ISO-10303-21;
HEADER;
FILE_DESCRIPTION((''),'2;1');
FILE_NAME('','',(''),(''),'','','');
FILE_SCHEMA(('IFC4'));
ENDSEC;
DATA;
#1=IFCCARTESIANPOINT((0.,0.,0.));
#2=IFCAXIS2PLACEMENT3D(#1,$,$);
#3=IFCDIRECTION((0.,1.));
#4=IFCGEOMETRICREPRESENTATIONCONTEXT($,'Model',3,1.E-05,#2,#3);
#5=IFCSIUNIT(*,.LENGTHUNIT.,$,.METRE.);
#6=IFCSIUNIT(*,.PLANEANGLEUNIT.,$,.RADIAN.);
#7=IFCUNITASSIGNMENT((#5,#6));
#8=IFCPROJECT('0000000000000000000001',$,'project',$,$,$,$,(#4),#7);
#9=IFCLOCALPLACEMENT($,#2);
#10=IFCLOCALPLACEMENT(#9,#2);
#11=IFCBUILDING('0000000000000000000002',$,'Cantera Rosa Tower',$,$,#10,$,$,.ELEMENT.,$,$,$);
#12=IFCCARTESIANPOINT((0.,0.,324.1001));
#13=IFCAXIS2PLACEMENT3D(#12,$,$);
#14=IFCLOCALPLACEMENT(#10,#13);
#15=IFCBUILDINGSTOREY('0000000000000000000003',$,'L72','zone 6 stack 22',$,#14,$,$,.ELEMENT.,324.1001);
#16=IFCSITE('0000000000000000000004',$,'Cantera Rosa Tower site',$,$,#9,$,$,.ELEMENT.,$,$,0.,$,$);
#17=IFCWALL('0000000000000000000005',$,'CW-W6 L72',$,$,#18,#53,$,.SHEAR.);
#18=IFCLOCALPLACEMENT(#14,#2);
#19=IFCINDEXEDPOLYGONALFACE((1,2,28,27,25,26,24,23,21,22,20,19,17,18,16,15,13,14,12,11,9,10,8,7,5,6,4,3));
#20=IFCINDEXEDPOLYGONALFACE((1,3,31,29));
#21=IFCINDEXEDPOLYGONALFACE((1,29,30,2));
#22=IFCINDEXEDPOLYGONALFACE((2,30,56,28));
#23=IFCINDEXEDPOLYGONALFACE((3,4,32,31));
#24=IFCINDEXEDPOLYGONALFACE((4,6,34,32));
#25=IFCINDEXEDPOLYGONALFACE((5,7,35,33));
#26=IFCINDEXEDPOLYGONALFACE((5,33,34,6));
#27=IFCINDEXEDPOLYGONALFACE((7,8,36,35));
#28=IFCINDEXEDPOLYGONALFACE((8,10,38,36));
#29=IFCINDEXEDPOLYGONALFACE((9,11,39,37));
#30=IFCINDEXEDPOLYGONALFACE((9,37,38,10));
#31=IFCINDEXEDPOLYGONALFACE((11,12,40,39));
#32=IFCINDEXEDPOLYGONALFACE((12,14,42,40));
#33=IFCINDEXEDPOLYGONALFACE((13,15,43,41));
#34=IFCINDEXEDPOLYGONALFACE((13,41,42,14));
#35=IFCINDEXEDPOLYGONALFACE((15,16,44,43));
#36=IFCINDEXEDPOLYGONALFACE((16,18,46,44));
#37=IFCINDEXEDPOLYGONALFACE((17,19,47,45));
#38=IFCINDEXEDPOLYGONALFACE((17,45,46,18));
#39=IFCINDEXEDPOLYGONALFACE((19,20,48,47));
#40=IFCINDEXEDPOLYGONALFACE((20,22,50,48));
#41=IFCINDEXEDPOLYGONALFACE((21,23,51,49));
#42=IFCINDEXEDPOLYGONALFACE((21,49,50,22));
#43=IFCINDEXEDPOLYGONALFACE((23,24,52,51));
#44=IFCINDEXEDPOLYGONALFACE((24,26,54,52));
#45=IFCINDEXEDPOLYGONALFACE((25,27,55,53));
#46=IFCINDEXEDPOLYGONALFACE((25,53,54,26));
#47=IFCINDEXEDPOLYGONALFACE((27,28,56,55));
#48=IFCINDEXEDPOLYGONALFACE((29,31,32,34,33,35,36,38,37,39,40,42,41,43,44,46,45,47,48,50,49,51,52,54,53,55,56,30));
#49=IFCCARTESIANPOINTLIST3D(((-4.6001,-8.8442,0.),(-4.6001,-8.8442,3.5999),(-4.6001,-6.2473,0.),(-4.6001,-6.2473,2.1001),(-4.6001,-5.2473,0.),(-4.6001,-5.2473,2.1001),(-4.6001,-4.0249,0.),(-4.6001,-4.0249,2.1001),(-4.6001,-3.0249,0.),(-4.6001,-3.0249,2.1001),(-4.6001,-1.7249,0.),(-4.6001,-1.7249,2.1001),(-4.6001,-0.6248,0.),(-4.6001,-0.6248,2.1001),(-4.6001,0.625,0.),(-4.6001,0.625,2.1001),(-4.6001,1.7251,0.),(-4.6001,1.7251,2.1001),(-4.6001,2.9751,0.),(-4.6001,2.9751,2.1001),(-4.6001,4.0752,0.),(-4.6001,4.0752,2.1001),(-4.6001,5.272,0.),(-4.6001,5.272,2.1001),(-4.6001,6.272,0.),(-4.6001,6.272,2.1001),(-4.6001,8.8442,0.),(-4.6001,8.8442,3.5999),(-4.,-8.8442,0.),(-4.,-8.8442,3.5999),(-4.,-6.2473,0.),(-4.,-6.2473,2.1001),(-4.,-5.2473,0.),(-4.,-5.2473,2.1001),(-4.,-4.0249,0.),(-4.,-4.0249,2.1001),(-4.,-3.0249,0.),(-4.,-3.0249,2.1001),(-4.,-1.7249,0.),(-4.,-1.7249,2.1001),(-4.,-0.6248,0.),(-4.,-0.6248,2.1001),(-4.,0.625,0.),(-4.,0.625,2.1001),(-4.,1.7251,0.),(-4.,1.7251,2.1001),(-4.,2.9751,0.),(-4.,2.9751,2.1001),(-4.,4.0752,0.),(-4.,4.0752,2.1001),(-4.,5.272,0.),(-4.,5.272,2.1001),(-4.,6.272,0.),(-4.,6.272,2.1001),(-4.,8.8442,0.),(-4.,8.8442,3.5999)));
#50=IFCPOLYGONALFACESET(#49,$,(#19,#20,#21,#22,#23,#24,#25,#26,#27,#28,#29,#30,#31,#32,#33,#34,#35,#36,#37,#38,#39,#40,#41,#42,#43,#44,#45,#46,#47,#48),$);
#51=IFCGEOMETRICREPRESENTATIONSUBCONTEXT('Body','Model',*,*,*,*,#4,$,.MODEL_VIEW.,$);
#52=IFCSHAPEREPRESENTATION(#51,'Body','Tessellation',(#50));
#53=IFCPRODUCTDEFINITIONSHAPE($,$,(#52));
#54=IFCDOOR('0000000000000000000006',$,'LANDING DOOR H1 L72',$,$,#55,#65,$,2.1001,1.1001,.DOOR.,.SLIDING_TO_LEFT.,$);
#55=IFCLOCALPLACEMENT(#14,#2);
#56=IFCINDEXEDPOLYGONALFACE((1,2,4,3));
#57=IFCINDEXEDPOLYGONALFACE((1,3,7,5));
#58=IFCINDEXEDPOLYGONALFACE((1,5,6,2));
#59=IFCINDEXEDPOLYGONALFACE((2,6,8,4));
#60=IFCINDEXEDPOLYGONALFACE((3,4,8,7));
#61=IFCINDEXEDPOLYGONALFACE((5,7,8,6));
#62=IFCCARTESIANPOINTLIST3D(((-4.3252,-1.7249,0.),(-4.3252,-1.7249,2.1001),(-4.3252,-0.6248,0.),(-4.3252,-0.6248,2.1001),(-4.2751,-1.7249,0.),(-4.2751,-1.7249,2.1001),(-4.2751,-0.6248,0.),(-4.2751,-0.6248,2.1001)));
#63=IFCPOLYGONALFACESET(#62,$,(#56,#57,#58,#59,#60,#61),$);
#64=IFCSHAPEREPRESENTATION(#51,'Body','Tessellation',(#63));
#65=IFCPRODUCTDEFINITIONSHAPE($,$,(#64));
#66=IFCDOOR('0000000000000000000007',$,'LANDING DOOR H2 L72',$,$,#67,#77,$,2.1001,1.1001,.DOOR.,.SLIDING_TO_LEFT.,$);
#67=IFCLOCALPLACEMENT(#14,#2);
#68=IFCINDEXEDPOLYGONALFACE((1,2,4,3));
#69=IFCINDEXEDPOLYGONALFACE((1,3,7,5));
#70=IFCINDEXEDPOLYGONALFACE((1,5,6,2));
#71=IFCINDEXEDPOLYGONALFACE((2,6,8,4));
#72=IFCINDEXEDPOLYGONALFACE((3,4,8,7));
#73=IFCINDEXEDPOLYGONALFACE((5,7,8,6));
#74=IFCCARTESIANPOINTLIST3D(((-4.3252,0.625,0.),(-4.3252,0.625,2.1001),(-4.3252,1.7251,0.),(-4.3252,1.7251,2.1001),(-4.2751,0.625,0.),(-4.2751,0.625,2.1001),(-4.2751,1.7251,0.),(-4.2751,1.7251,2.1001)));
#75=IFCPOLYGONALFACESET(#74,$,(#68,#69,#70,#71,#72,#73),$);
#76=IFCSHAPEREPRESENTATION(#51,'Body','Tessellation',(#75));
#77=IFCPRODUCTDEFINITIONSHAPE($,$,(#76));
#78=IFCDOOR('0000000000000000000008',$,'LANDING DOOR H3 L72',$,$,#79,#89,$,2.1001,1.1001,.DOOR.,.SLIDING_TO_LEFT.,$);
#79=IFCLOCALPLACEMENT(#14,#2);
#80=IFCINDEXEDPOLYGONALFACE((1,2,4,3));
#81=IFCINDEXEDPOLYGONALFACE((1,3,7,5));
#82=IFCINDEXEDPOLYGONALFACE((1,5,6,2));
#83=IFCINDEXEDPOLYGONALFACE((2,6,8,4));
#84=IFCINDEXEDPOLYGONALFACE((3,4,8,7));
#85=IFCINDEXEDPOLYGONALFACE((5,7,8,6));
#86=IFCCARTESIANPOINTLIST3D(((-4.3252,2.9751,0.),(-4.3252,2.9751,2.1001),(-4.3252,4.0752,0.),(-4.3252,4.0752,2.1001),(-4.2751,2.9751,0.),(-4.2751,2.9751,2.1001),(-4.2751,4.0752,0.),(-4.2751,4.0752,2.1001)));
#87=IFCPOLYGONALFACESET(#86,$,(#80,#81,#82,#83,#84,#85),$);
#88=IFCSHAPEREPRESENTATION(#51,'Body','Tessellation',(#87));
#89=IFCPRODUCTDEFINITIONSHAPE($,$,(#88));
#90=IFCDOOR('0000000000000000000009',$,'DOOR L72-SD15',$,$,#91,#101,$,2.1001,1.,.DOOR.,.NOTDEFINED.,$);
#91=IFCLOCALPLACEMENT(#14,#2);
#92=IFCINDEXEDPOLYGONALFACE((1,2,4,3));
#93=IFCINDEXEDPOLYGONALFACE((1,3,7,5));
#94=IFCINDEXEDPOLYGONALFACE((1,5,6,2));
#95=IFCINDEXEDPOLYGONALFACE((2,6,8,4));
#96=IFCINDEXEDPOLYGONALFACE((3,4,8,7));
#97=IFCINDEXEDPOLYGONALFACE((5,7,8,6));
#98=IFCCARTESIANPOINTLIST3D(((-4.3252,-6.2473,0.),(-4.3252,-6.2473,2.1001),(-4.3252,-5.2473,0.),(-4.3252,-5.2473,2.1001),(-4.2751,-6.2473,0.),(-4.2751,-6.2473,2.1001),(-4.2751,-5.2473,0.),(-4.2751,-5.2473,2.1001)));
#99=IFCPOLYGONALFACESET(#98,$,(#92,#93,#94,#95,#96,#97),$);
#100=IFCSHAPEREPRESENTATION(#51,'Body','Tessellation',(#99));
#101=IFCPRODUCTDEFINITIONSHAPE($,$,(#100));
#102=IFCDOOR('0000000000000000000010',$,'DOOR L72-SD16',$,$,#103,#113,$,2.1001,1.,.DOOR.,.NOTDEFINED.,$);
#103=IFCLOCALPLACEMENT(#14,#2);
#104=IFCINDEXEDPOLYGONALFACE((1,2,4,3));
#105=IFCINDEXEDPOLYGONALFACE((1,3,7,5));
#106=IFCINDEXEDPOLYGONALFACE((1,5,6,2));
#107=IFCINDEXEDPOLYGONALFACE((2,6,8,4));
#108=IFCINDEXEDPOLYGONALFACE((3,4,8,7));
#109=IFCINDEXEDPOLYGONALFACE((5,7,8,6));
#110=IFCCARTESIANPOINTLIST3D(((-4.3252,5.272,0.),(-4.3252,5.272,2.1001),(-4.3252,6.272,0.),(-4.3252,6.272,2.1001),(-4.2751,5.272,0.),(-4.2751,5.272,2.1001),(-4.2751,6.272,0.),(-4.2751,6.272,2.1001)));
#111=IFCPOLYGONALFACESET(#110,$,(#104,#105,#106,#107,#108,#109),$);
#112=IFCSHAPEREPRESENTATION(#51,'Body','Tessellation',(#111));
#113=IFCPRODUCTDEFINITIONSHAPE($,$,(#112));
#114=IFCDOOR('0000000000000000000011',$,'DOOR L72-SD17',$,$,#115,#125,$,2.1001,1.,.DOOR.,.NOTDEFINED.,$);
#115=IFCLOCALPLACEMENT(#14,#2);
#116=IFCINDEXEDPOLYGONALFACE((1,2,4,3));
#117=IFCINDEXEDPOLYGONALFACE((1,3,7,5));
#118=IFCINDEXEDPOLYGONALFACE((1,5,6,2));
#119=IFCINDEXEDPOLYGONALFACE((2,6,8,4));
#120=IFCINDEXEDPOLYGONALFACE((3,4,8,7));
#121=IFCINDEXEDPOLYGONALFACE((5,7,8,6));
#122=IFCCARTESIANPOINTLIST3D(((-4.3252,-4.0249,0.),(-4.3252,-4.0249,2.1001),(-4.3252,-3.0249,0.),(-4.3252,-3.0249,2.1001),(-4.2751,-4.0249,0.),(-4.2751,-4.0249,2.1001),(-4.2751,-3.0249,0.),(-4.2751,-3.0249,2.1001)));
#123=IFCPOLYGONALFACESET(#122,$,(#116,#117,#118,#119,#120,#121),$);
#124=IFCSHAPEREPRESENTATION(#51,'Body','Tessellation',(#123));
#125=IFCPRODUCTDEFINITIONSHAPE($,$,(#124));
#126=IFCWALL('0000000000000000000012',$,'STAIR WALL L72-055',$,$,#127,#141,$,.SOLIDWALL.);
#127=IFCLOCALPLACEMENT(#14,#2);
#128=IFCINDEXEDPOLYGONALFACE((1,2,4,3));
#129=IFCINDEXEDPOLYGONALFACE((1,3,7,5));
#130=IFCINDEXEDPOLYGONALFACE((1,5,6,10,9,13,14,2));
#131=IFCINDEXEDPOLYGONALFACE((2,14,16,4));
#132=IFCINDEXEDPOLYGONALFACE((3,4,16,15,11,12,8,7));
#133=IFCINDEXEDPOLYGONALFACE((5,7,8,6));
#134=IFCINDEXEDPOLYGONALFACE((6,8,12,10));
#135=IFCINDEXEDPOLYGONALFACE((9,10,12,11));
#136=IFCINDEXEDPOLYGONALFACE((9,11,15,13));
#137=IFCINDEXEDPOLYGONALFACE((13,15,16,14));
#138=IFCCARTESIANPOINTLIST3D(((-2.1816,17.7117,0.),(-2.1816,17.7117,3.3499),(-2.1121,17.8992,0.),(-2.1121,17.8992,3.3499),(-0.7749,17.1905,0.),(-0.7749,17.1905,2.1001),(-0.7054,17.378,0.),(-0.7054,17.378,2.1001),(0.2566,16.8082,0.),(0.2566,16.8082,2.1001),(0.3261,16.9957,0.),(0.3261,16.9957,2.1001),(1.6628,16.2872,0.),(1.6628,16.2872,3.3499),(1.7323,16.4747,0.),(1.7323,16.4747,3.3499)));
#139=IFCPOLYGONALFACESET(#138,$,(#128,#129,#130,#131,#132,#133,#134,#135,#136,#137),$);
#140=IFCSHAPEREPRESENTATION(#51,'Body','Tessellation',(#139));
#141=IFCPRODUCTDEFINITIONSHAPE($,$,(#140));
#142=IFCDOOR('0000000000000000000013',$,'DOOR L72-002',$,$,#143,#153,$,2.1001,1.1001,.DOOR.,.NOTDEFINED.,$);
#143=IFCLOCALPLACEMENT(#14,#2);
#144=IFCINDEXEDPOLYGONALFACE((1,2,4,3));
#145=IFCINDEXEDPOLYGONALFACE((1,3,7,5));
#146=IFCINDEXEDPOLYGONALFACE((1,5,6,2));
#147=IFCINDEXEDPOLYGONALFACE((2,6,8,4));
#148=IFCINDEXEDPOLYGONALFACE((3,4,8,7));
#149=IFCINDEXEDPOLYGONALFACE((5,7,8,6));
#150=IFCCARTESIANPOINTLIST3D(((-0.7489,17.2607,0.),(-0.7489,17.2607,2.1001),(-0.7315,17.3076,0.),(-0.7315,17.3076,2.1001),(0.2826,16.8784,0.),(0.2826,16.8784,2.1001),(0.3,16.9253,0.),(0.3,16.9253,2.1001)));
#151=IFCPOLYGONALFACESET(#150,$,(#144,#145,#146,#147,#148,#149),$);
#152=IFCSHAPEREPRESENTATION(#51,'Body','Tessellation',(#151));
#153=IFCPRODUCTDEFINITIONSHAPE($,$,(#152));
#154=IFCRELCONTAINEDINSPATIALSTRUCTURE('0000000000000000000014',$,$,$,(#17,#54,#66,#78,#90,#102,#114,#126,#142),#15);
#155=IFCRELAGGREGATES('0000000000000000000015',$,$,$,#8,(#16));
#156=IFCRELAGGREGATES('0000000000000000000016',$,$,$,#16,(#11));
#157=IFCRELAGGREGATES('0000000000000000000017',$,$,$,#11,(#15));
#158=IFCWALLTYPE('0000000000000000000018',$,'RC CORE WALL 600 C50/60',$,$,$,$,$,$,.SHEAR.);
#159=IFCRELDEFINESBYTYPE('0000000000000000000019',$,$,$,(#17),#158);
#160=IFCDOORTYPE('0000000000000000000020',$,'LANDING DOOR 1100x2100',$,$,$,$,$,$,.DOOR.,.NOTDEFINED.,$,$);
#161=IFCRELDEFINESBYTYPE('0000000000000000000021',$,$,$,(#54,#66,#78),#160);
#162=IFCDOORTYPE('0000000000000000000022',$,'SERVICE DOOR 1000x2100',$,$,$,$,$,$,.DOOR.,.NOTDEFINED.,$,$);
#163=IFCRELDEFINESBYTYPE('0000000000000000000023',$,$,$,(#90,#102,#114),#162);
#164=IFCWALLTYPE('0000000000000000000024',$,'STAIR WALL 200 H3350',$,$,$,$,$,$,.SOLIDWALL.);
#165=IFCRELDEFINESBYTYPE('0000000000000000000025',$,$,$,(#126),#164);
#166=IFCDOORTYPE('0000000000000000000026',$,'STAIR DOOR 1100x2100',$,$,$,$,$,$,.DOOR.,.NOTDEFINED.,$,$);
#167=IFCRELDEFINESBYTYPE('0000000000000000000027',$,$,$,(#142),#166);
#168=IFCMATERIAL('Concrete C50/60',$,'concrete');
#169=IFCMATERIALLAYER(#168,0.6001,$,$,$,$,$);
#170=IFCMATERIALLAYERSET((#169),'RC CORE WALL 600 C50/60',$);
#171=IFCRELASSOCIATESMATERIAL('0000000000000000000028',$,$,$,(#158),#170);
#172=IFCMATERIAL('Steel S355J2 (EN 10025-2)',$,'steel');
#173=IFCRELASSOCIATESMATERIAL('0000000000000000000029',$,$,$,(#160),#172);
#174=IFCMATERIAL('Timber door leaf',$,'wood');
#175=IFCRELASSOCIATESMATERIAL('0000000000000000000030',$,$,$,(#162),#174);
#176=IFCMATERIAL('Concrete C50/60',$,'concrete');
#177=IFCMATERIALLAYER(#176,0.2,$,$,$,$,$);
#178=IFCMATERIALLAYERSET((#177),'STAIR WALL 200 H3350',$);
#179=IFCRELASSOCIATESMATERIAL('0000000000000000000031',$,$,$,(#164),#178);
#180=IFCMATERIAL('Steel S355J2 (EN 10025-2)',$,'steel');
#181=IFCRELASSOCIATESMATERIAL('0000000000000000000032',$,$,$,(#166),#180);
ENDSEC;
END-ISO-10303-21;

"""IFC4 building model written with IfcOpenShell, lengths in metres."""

from ifc_helpers import new_model, si_unit, direction, frame, frame_2d, origin, place, context, subcontext, project, spatial, rectangle, extrude, material, layer, layer_set, type_object, element, fill, save


model = new_model("IFC4")

# Units and contexts
model_context = context("Model", 3, precision=1e-05, world=origin(), true_north=direction((0.0, 1.0)))
body_context = subcontext(model_context, "Body", "Model", "MODEL_VIEW")
ifc_project = project(units=[si_unit("LENGTHUNIT", "METRE"), si_unit("PLANEANGLEUNIT", "RADIAN")], contexts=[model_context])

# Site, building, storey
site_placement = place(None, origin())
site = spatial("IfcSite", under=ifc_project, at=site_placement, Name="Cantera Rosa Tower site", CompositionType="ELEMENT", RefElevation=0.0)
building_placement = place(site_placement, origin())
building = spatial("IfcBuilding", under=site, at=building_placement, Name="Cantera Rosa Tower", CompositionType="ELEMENT")
storey_placement = place(building_placement, frame((0.0, 0.0, 324.1001)))
storey = spatial("IfcBuildingStorey", under=building, at=storey_placement, Name="L72", Description="zone 6 stack 22", CompositionType="ELEMENT", Elevation=324.1001)

# Wall, openings, doors
ifc_material_1 = material(Name="Concrete C50/60", Category="concrete")
ifc_layer_1 = layer(ifc_material_1, 0.6001)
ifc_layer_set_1 = layer_set([ifc_layer_1], Name="RC CORE WALL 600 C50/60")
wall_type_1 = type_object("IfcWallType", Name="RC CORE WALL 600 C50/60", PredefinedType="SHEAR", material=ifc_layer_set_1)
wall_1_placement = place(storey_placement, frame((-4.3, 8.8442, 0.0), z_axis=(0.0, 0.0, 1.0), x_axis=(0.0, -1.0, 0.0)))
wall_1 = element("IfcWall", 1, at=wall_1_placement, inside=storey, type_object=wall_type_1, Name="CW-W6 L72", PredefinedType="SHEAR", context=body_context, shape_type="SweptSolid", body=[
    extrude(rectangle(XDim=17.6885, YDim=0.6001, at=frame_2d((8.8442, 0.0))), origin(), (0.0, 0.0, 1.0), 3.5999),
])
opening_1_placement = place(wall_1_placement, frame((9.469, 0.0, 0.0)))
opening_1 = element("IfcOpeningElement", 2, at=opening_1_placement, cuts=wall_1, PredefinedType="OPENING", context=body_context, shape_type="SweptSolid", body=[
    extrude(rectangle(XDim=1.1001, YDim=2.1001, at=frame_2d((0.55, 1.05))), frame((0.0, 0.3101, 0.0), z_axis=(0.0, -1.0, 0.0), x_axis=(1.0, 0.0, 0.0)), (0.0, 0.0, 1.0), 0.6201),
])
opening_2_placement = place(wall_1_placement, frame((7.1191, 0.0, 0.0)))
opening_2 = element("IfcOpeningElement", 3, at=opening_2_placement, cuts=wall_1, PredefinedType="OPENING", context=body_context, shape_type="SweptSolid", body=[
    extrude(rectangle(XDim=1.1001, YDim=2.1001, at=frame_2d((0.55, 1.05))), frame((0.0, 0.3101, 0.0), z_axis=(0.0, -1.0, 0.0), x_axis=(1.0, 0.0, 0.0)), (0.0, 0.0, 1.0), 0.6201),
])
opening_3_placement = place(wall_1_placement, frame((4.769, 0.0, 0.0)))
opening_3 = element("IfcOpeningElement", 4, at=opening_3_placement, cuts=wall_1, PredefinedType="OPENING", context=body_context, shape_type="SweptSolid", body=[
    extrude(rectangle(XDim=1.1001, YDim=2.1001, at=frame_2d((0.55, 1.05))), frame((0.0, 0.3101, 0.0), z_axis=(0.0, -1.0, 0.0), x_axis=(1.0, 0.0, 0.0)), (0.0, 0.0, 1.0), 0.6201),
])
opening_4_placement = place(wall_1_placement, frame((14.0916, 0.0, 0.0)))
opening_4 = element("IfcOpeningElement", 5, at=opening_4_placement, cuts=wall_1, PredefinedType="OPENING", context=body_context, shape_type="SweptSolid", body=[
    extrude(rectangle(XDim=1.0, YDim=2.1001, at=frame_2d((0.5, 1.05))), frame((0.0, 0.3101, 0.0), z_axis=(0.0, -1.0, 0.0), x_axis=(1.0, 0.0, 0.0)), (0.0, 0.0, 1.0), 0.6201),
])
opening_5_placement = place(wall_1_placement, frame((2.5723, 0.0, 0.0)))
opening_5 = element("IfcOpeningElement", 6, at=opening_5_placement, cuts=wall_1, PredefinedType="OPENING", context=body_context, shape_type="SweptSolid", body=[
    extrude(rectangle(XDim=1.0, YDim=2.1001, at=frame_2d((0.5, 1.05))), frame((0.0, 0.3101, 0.0), z_axis=(0.0, -1.0, 0.0), x_axis=(1.0, 0.0, 0.0)), (0.0, 0.0, 1.0), 0.6201),
])
opening_6_placement = place(wall_1_placement, frame((11.8691, 0.0, 0.0)))
opening_6 = element("IfcOpeningElement", 7, at=opening_6_placement, cuts=wall_1, PredefinedType="OPENING", context=body_context, shape_type="SweptSolid", body=[
    extrude(rectangle(XDim=1.0, YDim=2.1001, at=frame_2d((0.5, 1.05))), frame((0.0, 0.3101, 0.0), z_axis=(0.0, -1.0, 0.0), x_axis=(1.0, 0.0, 0.0)), (0.0, 0.0, 1.0), 0.6201),
])
ifc_material_2 = material(Name="Steel S355J2 (EN 10025-2)", Category="steel")
door_type_1 = type_object("IfcDoorType", Name="LANDING DOOR 1100x2100", OperationType="NOTDEFINED", PredefinedType="DOOR", material=ifc_material_2)
door_1_placement = place(opening_1_placement, origin())
door_1 = element("IfcDoor", 8, at=door_1_placement, inside=storey, type_object=door_type_1, Name="LANDING DOOR H1 L72", OperationType="SLIDING_TO_LEFT", OverallHeight=2.1001, OverallWidth=1.1001, PredefinedType="DOOR", context=body_context, shape_type="SweptSolid", body=[
    extrude(rectangle(XDim=1.1001, YDim=2.1001, at=frame_2d((0.55, 1.05))), frame((0.0, 0.0249, 0.0), z_axis=(0.0, -1.0, 0.0), x_axis=(1.0, 0.0, 0.0)), (0.0, 0.0, 1.0), 0.05),
])
fill(opening_1, door_1)
door_2_placement = place(opening_2_placement, origin())
door_2 = element("IfcDoor", 9, at=door_2_placement, inside=storey, type_object=door_type_1, Name="LANDING DOOR H2 L72", OperationType="SLIDING_TO_LEFT", OverallHeight=2.1001, OverallWidth=1.1001, PredefinedType="DOOR", context=body_context, shape_type="SweptSolid", body=[
    extrude(rectangle(XDim=1.1001, YDim=2.1001, at=frame_2d((0.55, 1.05))), frame((0.0, 0.0249, 0.0), z_axis=(0.0, -1.0, 0.0), x_axis=(1.0, 0.0, 0.0)), (0.0, 0.0, 1.0), 0.05),
])
fill(opening_2, door_2)
door_3_placement = place(opening_3_placement, origin())
door_3 = element("IfcDoor", 10, at=door_3_placement, inside=storey, type_object=door_type_1, Name="LANDING DOOR H3 L72", OperationType="SLIDING_TO_LEFT", OverallHeight=2.1001, OverallWidth=1.1001, PredefinedType="DOOR", context=body_context, shape_type="SweptSolid", body=[
    extrude(rectangle(XDim=1.1001, YDim=2.1001, at=frame_2d((0.55, 1.05))), frame((0.0, 0.0249, 0.0), z_axis=(0.0, -1.0, 0.0), x_axis=(1.0, 0.0, 0.0)), (0.0, 0.0, 1.0), 0.05),
])
fill(opening_3, door_3)
ifc_material_3 = material(Name="Timber door leaf", Category="wood")
door_type_2 = type_object("IfcDoorType", Name="SERVICE DOOR 1000x2100", OperationType="NOTDEFINED", PredefinedType="DOOR", material=ifc_material_3)
door_4_placement = place(opening_4_placement, origin())
door_4 = element("IfcDoor", 11, at=door_4_placement, inside=storey, type_object=door_type_2, Name="DOOR L72-SD15", OperationType="NOTDEFINED", OverallHeight=2.1001, OverallWidth=1.0, PredefinedType="DOOR", context=body_context, shape_type="SweptSolid", body=[
    extrude(rectangle(XDim=1.0, YDim=2.1001, at=frame_2d((0.5, 1.05))), frame((0.0, 0.0249, 0.0), z_axis=(0.0, -1.0, 0.0), x_axis=(1.0, 0.0, 0.0)), (0.0, 0.0, 1.0), 0.05),
])
fill(opening_4, door_4)
door_5_placement = place(opening_5_placement, origin())
door_5 = element("IfcDoor", 12, at=door_5_placement, inside=storey, type_object=door_type_2, Name="DOOR L72-SD16", OperationType="NOTDEFINED", OverallHeight=2.1001, OverallWidth=1.0, PredefinedType="DOOR", context=body_context, shape_type="SweptSolid", body=[
    extrude(rectangle(XDim=1.0, YDim=2.1001, at=frame_2d((0.5, 1.05))), frame((0.0, 0.0249, 0.0), z_axis=(0.0, -1.0, 0.0), x_axis=(1.0, 0.0, 0.0)), (0.0, 0.0, 1.0), 0.05),
])
fill(opening_5, door_5)
door_6_placement = place(opening_6_placement, origin())
door_6 = element("IfcDoor", 13, at=door_6_placement, inside=storey, type_object=door_type_2, Name="DOOR L72-SD17", OperationType="NOTDEFINED", OverallHeight=2.1001, OverallWidth=1.0, PredefinedType="DOOR", context=body_context, shape_type="SweptSolid", body=[
    extrude(rectangle(XDim=1.0, YDim=2.1001, at=frame_2d((0.5, 1.05))), frame((0.0, 0.0249, 0.0), z_axis=(0.0, -1.0, 0.0), x_axis=(1.0, 0.0, 0.0)), (0.0, 0.0, 1.0), 0.05),
])
fill(opening_6, door_6)

# Wall, opening, door
ifc_material_4 = material(Name="Concrete C50/60", Category="concrete")
ifc_layer_2 = layer(ifc_material_4, 0.2)
ifc_layer_set_2 = layer_set([ifc_layer_2], Name="STAIR WALL 200 H3350")
wall_type_2 = type_object("IfcWallType", Name="STAIR WALL 200 H3350", PredefinedType="SOLIDWALL", material=ifc_layer_set_2)
wall_2_placement = place(storey_placement, frame((-2.1467, 17.8054, 0.0), z_axis=(0.0, 0.0, 1.0), x_axis=(0.937695, -0.34746, 0.0)))
wall_2 = element("IfcWall", 14, at=wall_2_placement, inside=storey, type_object=wall_type_2, Name="STAIR WALL L72-055", PredefinedType="SOLIDWALL", context=body_context, shape_type="SweptSolid", body=[
    extrude(rectangle(XDim=4.0999, YDim=0.2, at=frame_2d((2.0498, 0.0))), origin(), (0.0, 0.0, 1.0), 3.3499),
])
opening_7_placement = place(wall_2_placement, frame((1.5, 0.0, 0.0)))
opening_7 = element("IfcOpeningElement", 15, at=opening_7_placement, cuts=wall_2, PredefinedType="OPENING", context=body_context, shape_type="SweptSolid", body=[
    extrude(rectangle(XDim=1.1001, YDim=2.1001, at=frame_2d((0.55, 1.05))), frame((0.0, 0.1099, 0.0), z_axis=(0.0, -1.0, 0.0), x_axis=(1.0, 0.0, 0.0)), (0.0, 0.0, 1.0), 0.22),
])
ifc_material_5 = material(Name="Steel S355J2 (EN 10025-2)", Category="steel")
door_type_3 = type_object("IfcDoorType", Name="STAIR DOOR 1100x2100", OperationType="NOTDEFINED", PredefinedType="DOOR", material=ifc_material_5)
door_7_placement = place(opening_7_placement, origin())
door_7 = element("IfcDoor", 16, at=door_7_placement, inside=storey, type_object=door_type_3, Name="DOOR L72-002", OperationType="NOTDEFINED", OverallHeight=2.1001, OverallWidth=1.1001, PredefinedType="DOOR", context=body_context, shape_type="SweptSolid", body=[
    extrude(rectangle(XDim=1.1001, YDim=2.1001, at=frame_2d((0.55, 1.05))), frame((0.0, 0.0249, 0.0), z_axis=(0.0, -1.0, 0.0), x_axis=(1.0, 0.0, 0.0)), (0.0, 0.0, 1.0), 0.05),
])
fill(opening_7, door_7)

save(model, "model.ifc")
